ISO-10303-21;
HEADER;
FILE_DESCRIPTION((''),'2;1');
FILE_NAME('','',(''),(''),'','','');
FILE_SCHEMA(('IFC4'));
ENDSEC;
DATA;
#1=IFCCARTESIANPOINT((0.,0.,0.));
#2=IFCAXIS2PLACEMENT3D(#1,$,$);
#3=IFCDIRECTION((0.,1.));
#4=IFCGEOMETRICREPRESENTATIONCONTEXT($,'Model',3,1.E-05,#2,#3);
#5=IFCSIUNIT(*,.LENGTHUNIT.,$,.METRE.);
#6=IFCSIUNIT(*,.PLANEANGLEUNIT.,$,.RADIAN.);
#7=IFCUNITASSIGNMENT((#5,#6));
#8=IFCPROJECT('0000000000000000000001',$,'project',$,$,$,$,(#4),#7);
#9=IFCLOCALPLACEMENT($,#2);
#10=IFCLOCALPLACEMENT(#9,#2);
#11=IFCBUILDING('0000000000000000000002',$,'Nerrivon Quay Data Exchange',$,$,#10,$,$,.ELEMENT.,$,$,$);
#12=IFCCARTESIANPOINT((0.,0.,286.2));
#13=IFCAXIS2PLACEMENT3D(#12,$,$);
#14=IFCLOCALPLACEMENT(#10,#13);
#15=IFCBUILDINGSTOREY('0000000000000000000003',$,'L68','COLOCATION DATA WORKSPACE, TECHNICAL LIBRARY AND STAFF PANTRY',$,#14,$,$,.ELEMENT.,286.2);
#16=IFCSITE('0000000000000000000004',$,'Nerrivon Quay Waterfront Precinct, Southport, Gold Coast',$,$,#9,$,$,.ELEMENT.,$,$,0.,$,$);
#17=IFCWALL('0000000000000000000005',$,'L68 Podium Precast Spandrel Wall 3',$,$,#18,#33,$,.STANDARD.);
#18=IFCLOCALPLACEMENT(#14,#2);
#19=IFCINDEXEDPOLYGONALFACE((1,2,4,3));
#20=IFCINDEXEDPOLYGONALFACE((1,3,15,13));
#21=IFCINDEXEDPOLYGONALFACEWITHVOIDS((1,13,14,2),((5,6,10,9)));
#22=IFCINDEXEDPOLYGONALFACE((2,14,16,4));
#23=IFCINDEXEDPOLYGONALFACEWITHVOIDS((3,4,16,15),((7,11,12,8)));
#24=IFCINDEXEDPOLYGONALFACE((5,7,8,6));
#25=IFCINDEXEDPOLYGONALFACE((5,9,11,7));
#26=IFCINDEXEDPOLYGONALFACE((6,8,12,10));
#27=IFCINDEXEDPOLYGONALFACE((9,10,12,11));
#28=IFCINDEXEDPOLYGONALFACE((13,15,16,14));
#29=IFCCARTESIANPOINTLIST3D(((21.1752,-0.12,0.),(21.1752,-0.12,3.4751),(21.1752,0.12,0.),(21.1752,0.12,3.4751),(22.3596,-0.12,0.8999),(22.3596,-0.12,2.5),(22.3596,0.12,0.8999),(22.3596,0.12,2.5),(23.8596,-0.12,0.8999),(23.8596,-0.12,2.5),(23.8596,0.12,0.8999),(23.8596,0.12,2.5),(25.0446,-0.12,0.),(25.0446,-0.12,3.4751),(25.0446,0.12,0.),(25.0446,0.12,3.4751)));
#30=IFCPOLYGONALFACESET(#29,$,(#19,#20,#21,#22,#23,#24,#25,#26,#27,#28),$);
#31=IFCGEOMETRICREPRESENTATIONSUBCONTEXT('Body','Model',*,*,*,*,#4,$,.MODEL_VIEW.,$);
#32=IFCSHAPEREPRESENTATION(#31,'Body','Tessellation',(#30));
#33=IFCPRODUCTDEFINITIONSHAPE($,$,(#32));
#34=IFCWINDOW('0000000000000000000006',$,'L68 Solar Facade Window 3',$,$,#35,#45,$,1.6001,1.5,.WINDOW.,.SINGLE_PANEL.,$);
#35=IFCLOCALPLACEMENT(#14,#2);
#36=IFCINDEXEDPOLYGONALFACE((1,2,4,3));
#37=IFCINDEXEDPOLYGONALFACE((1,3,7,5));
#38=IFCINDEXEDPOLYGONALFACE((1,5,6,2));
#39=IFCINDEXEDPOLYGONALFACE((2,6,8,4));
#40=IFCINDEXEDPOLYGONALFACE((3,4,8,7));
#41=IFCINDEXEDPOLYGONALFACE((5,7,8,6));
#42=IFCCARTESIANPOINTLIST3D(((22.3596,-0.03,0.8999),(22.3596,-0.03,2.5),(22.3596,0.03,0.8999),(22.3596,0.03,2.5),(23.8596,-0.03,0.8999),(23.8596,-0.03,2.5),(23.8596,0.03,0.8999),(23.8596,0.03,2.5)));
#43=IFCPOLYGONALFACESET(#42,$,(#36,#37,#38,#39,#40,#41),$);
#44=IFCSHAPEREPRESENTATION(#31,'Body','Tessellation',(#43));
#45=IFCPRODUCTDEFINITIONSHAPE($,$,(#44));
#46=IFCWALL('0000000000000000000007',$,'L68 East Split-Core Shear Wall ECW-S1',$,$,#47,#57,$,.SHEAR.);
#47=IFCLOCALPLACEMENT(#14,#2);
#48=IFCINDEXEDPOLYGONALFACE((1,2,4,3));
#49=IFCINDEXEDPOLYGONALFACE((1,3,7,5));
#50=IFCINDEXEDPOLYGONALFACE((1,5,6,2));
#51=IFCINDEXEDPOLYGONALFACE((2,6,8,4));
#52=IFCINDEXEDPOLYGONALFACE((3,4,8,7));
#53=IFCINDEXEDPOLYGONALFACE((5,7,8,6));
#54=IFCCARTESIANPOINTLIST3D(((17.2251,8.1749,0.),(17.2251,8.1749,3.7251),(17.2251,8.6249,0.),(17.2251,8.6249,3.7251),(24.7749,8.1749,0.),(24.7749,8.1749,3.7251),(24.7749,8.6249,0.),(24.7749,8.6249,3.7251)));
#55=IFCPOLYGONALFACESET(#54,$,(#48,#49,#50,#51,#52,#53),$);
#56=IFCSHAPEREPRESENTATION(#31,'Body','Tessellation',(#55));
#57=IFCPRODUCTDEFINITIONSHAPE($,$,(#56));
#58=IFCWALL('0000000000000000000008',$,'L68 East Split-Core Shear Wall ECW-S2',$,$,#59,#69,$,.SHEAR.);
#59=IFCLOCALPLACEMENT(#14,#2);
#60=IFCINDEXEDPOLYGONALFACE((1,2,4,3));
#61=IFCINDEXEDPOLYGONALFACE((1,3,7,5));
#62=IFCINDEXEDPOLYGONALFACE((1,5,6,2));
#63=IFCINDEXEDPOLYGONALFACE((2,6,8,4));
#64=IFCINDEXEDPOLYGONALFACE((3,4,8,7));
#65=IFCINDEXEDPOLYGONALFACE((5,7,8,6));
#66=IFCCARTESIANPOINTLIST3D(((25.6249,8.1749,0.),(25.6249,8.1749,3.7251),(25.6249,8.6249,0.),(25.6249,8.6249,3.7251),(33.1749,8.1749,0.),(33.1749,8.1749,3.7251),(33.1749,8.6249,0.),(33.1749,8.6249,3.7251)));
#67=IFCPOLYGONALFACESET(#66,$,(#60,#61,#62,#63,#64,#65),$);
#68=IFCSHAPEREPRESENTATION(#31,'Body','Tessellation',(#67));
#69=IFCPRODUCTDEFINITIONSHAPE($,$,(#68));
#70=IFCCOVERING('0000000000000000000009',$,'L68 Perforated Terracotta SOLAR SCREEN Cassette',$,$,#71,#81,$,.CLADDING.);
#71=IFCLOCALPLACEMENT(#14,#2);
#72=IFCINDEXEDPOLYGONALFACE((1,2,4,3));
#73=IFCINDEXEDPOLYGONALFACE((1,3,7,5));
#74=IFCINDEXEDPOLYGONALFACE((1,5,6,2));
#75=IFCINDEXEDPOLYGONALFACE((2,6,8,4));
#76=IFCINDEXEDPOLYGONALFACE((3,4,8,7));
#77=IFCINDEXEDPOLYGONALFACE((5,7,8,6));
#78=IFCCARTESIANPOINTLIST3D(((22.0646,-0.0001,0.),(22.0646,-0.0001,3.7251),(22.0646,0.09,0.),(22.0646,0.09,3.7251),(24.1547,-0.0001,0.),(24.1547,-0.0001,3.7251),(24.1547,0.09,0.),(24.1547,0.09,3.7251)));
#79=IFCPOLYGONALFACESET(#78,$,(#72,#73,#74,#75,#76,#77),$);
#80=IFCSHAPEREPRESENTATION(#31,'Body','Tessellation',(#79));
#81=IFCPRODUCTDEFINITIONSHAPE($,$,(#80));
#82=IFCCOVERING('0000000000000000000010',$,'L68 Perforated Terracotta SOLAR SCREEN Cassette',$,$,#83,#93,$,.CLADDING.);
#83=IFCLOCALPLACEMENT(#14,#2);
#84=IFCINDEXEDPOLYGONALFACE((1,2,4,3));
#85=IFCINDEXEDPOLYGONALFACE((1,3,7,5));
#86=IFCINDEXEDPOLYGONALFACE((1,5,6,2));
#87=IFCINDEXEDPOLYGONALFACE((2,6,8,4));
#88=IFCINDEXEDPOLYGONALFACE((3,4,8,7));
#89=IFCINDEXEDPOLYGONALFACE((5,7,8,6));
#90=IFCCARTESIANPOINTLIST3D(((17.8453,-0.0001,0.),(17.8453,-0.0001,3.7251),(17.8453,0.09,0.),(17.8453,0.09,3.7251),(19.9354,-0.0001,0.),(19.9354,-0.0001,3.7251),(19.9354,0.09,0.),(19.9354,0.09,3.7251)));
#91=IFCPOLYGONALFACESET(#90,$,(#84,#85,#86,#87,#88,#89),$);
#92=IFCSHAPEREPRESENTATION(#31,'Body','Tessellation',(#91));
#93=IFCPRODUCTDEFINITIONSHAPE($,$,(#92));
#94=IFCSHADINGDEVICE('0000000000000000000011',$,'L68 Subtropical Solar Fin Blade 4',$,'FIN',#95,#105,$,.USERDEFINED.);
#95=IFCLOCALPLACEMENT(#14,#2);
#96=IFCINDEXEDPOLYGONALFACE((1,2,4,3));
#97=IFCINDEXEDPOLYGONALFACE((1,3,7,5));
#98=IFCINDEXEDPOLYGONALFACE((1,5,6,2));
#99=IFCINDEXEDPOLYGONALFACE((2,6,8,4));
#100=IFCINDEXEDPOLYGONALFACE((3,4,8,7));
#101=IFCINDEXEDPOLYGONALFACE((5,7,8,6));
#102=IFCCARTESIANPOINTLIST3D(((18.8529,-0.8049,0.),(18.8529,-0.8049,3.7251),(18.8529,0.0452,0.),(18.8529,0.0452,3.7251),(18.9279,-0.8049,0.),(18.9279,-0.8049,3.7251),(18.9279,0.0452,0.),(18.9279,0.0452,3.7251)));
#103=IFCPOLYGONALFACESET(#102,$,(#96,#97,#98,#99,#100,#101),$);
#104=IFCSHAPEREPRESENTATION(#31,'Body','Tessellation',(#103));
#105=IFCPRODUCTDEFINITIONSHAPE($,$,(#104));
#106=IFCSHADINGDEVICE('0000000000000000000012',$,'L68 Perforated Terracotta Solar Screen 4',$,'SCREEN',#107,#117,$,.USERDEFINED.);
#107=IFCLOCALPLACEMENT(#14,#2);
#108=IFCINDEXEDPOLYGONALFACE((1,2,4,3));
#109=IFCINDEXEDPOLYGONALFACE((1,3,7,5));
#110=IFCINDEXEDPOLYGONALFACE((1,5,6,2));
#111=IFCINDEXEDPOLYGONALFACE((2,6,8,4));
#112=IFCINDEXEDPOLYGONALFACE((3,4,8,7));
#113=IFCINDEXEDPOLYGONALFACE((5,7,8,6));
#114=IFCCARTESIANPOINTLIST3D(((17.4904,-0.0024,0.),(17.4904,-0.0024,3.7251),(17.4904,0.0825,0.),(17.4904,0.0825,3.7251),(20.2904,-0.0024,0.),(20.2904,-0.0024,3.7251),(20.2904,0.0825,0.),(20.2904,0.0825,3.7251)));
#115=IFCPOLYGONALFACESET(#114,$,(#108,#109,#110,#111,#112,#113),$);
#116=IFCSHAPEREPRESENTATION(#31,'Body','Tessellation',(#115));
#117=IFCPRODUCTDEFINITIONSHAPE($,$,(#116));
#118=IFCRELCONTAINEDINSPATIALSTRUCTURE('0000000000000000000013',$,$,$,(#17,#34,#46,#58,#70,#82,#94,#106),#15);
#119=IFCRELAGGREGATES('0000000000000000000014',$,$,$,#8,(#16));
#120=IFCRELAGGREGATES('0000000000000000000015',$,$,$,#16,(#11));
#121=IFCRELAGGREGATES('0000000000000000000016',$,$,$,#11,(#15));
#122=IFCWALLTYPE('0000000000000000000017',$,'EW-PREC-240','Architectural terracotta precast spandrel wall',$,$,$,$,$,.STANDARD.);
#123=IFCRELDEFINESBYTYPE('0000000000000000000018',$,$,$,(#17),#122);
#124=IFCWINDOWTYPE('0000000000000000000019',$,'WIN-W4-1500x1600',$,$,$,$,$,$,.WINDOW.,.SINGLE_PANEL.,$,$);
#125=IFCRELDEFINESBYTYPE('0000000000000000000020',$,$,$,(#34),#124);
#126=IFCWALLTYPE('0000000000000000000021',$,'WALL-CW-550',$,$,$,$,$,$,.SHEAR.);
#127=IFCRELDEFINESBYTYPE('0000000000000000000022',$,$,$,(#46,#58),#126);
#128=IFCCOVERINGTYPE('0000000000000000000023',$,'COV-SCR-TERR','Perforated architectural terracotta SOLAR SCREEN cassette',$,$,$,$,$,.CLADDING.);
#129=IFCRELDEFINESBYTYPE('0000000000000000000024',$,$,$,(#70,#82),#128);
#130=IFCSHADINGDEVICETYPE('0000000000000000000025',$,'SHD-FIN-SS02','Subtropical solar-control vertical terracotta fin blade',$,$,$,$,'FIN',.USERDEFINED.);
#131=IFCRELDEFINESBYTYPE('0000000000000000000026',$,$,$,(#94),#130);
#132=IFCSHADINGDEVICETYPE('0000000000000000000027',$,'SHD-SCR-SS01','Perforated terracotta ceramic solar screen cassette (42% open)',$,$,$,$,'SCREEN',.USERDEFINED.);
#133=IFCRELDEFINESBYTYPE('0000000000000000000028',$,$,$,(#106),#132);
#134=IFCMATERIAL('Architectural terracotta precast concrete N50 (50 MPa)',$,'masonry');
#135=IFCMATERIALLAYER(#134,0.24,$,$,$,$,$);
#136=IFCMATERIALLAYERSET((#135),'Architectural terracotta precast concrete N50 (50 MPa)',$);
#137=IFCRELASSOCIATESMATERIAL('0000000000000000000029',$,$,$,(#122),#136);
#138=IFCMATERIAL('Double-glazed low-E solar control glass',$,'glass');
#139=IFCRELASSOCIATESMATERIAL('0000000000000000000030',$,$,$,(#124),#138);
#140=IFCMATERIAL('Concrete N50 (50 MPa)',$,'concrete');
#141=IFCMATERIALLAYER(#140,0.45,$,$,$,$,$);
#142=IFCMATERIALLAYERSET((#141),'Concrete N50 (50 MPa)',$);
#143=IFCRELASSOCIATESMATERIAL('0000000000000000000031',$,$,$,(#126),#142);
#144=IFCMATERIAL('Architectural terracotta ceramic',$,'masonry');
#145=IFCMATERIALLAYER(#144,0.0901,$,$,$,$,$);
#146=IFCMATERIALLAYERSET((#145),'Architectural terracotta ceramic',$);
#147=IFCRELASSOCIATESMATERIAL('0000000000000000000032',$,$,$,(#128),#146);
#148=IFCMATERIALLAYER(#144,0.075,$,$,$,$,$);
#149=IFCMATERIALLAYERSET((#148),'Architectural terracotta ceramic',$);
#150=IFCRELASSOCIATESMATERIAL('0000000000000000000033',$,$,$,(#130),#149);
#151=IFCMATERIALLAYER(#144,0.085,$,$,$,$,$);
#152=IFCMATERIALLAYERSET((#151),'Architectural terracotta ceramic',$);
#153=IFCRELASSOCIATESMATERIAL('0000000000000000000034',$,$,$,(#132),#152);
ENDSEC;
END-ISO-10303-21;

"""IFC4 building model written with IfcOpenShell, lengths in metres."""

from ifc_helpers import new_model, si_unit, direction, frame, frame_2d, origin, origin_2d, place, context, subcontext, project, spatial, rectangle, extrude, material, layer, layer_set, type_object, element, fill, save


model = new_model("IFC4")

# Units and contexts
model_context = context("Model", 3, precision=1e-05, world=origin(), true_north=direction((0.0, 1.0)))
body_context = subcontext(model_context, "Body", "Model", "MODEL_VIEW")
ifc_project = project(units=[si_unit("LENGTHUNIT", "METRE"), si_unit("PLANEANGLEUNIT", "RADIAN")], contexts=[model_context])

# Site, building, storey
site_placement = place(None, origin())
site = spatial("IfcSite", under=ifc_project, at=site_placement, Name="Nerrivon Quay Waterfront Precinct, Southport, Gold Coast", CompositionType="ELEMENT", RefElevation=0.0)
building_placement = place(site_placement, origin())
building = spatial("IfcBuilding", under=site, at=building_placement, Name="Nerrivon Quay Data Exchange", CompositionType="ELEMENT")
storey_placement = place(building_placement, frame((0.0, 0.0, 286.2)))
storey = spatial("IfcBuildingStorey", under=building, at=storey_placement, Name="L68", Description="COLOCATION DATA WORKSPACE, TECHNICAL LIBRARY AND STAFF PANTRY", CompositionType="ELEMENT", Elevation=286.2)

# Shared definitions
ifc_material_1 = material(Name="Concrete N50 (50 MPa)", Category="concrete")

# Shared definitions
ifc_material_2 = material(Name="Double-glazed low-E solar control glass", Category="glass")

# Wall, opening, window
ifc_material_3 = material(Name="Architectural terracotta precast concrete N50 (50 MPa)", Category="masonry")
ifc_layer_1 = layer(ifc_material_3, 0.24)
ifc_layer_set_1 = layer_set([ifc_layer_1], Name="Architectural terracotta precast concrete N50 (50 MPa)")
wall_type_1 = type_object("IfcWallType", Name="EW-PREC-240", Description="Architectural terracotta precast spandrel wall", PredefinedType="STANDARD", material=ifc_layer_set_1)
wall_1_placement = place(storey_placement, frame((25.0444, 0.0, 0.0), z_axis=(0.0, 0.0, 1.0), x_axis=(-1.0, 0.0, 0.0)))
wall_1 = element("IfcWall", 1, at=wall_1_placement, inside=storey, type_object=wall_type_1, Name="L68 Podium Precast Spandrel Wall 3", PredefinedType="STANDARD", context=body_context, shape_type="SweptSolid", body=[
    extrude(rectangle(XDim=3.8694, YDim=0.24, at=frame_2d((1.9346, 0.0))), origin(), (0.0, 0.0, 1.0), 3.4751),
])
opening_1_placement = place(wall_1_placement, frame((1.1848, 0.0, 0.8999)))
opening_1 = element("IfcOpeningElement", 2, at=opening_1_placement, cuts=wall_1, PredefinedType="OPENING", context=body_context, shape_type="SweptSolid", body=[
    extrude(rectangle(XDim=1.5, YDim=1.6001, at=frame_2d((0.75, 0.8))), frame((0.0, 0.1299, 0.0), z_axis=(0.0, -1.0, 0.0), x_axis=(1.0, 0.0, 0.0)), (0.0, 0.0, 1.0), 0.26),
])
window_type = type_object("IfcWindowType", Name="WIN-W4-1500x1600", PartitioningType="SINGLE_PANEL", PredefinedType="WINDOW", material=ifc_material_2)
window_placement = place(opening_1_placement, origin())
window = element("IfcWindow", 3, at=window_placement, inside=storey, type_object=window_type, Name="L68 Solar Facade Window 3", OverallHeight=1.6001, OverallWidth=1.5, PartitioningType="SINGLE_PANEL", PredefinedType="WINDOW", context=body_context, shape_type="SweptSolid", body=[
    extrude(rectangle(XDim=1.5, YDim=1.6001, at=frame_2d((0.75, 0.8))), frame((0.0, 0.03, 0.0), z_axis=(0.0, -1.0, 0.0), x_axis=(1.0, 0.0, 0.0)), (0.0, 0.0, 1.0), 0.0601),
])
fill(opening_1, window)

# Walls
ifc_layer_2 = layer(ifc_material_1, 0.45)
ifc_layer_set_2 = layer_set([ifc_layer_2], Name="Concrete N50 (50 MPa)")
wall_type_2 = type_object("IfcWallType", Name="WALL-CW-550", PredefinedType="SHEAR", material=ifc_layer_set_2)
wall_2_placement = place(storey_placement, frame((17.2251, 8.3999, 0.0), z_axis=(0.0, 0.0, 1.0), x_axis=(1.0, 0.0, 0.0)))
element("IfcWall", 4, at=wall_2_placement, inside=storey, type_object=wall_type_2, Name="L68 East Split-Core Shear Wall ECW-S1", PredefinedType="SHEAR", context=body_context, shape_type="SweptSolid", body=[
    extrude(rectangle(XDim=7.5498, YDim=0.45, at=frame_2d((3.7749, 0.0))), origin(), (0.0, 0.0, 1.0), 3.7251),
])
wall_3_placement = place(storey_placement, frame((25.625, 8.3999, 0.0), z_axis=(0.0, 0.0, 1.0), x_axis=(1.0, 0.0, 0.0)))
element("IfcWall", 5, at=wall_3_placement, inside=storey, type_object=wall_type_2, Name="L68 East Split-Core Shear Wall ECW-S2", PredefinedType="SHEAR", context=body_context, shape_type="SweptSolid", body=[
    extrude(rectangle(XDim=7.55, YDim=0.45, at=frame_2d((3.7749, 0.0))), origin(), (0.0, 0.0, 1.0), 3.7251),
])

# Coverings
ifc_material_4 = material(Name="Architectural terracotta ceramic", Category="masonry")
ifc_layer_3 = layer(ifc_material_4, 0.0901)
ifc_layer_set_3 = layer_set([ifc_layer_3], Name="Architectural terracotta ceramic")
covering_type = type_object("IfcCoveringType", Name="COV-SCR-TERR", Description="Perforated architectural terracotta SOLAR SCREEN cassette", PredefinedType="CLADDING", material=ifc_layer_set_3)
for number, where, z_axis, x_axis, name in (
    (6, (23.1096, 0.0449, 0.0), (0.0, 0.0, 1.0), (-1.0, 0.0, 0.0), "L68 Perforated Terracotta SOLAR SCREEN Cassette"),
    (7, (18.8904, 0.0449, 0.0), (0.0, 0.0, 1.0), (-1.0, 0.0, 0.0), "L68 Perforated Terracotta SOLAR SCREEN Cassette"),
):
    element("IfcCovering", number, at=place(storey_placement, frame(where, z_axis=z_axis, x_axis=x_axis)), inside=storey, type_object=covering_type, Name=name, PredefinedType="CLADDING", context=body_context, shape_type="SweptSolid", body=[
        extrude(rectangle(XDim=2.0901, YDim=0.0901, at=origin_2d()), origin(), (0.0, 0.0, 1.0), 3.7251),
    ])

# Shading devices
ifc_layer_4 = layer(ifc_material_4, 0.075)
ifc_layer_set_4 = layer_set([ifc_layer_4], Name="Architectural terracotta ceramic")
shading_device_type_1 = type_object("IfcShadingDeviceType", Name="SHD-FIN-SS02", Description="Subtropical solar-control vertical terracotta fin blade", ElementType="FIN", PredefinedType="USERDEFINED", material=ifc_layer_set_4)
shading_device_1_placement = place(storey_placement, frame((18.8904, -0.3799, 0.0), z_axis=(0.0, 0.0, 1.0), x_axis=(-1.0, 0.0, 0.0)))
element("IfcShadingDevice", 8, at=shading_device_1_placement, inside=storey, type_object=shading_device_type_1, Name="L68 Subtropical Solar Fin Blade 4", ObjectType="FIN", PredefinedType="USERDEFINED", context=body_context, shape_type="SweptSolid", body=[
    extrude(rectangle(XDim=0.075, YDim=0.8501, at=origin_2d()), origin(), (0.0, 0.0, 1.0), 3.7251),
])
ifc_layer_5 = layer(ifc_material_4, 0.085)
ifc_layer_set_5 = layer_set([ifc_layer_5], Name="Architectural terracotta ceramic")
shading_device_type_2 = type_object("IfcShadingDeviceType", Name="SHD-SCR-SS01", Description="Perforated terracotta ceramic solar screen cassette (42% open)", ElementType="SCREEN", PredefinedType="USERDEFINED", material=ifc_layer_set_5)
shading_device_2_placement = place(storey_placement, frame((18.8904, 0.04, 0.0), z_axis=(0.0, 0.0, 1.0), x_axis=(-1.0, 0.0, 0.0)))
element("IfcShadingDevice", 9, at=shading_device_2_placement, inside=storey, type_object=shading_device_type_2, Name="L68 Perforated Terracotta Solar Screen 4", ObjectType="SCREEN", PredefinedType="USERDEFINED", context=body_context, shape_type="SweptSolid", body=[
    extrude(rectangle(XDim=2.8, YDim=0.085, at=origin_2d()), origin(), (0.0, 0.0, 1.0), 3.7251),
])

save(model, "model.ifc")
